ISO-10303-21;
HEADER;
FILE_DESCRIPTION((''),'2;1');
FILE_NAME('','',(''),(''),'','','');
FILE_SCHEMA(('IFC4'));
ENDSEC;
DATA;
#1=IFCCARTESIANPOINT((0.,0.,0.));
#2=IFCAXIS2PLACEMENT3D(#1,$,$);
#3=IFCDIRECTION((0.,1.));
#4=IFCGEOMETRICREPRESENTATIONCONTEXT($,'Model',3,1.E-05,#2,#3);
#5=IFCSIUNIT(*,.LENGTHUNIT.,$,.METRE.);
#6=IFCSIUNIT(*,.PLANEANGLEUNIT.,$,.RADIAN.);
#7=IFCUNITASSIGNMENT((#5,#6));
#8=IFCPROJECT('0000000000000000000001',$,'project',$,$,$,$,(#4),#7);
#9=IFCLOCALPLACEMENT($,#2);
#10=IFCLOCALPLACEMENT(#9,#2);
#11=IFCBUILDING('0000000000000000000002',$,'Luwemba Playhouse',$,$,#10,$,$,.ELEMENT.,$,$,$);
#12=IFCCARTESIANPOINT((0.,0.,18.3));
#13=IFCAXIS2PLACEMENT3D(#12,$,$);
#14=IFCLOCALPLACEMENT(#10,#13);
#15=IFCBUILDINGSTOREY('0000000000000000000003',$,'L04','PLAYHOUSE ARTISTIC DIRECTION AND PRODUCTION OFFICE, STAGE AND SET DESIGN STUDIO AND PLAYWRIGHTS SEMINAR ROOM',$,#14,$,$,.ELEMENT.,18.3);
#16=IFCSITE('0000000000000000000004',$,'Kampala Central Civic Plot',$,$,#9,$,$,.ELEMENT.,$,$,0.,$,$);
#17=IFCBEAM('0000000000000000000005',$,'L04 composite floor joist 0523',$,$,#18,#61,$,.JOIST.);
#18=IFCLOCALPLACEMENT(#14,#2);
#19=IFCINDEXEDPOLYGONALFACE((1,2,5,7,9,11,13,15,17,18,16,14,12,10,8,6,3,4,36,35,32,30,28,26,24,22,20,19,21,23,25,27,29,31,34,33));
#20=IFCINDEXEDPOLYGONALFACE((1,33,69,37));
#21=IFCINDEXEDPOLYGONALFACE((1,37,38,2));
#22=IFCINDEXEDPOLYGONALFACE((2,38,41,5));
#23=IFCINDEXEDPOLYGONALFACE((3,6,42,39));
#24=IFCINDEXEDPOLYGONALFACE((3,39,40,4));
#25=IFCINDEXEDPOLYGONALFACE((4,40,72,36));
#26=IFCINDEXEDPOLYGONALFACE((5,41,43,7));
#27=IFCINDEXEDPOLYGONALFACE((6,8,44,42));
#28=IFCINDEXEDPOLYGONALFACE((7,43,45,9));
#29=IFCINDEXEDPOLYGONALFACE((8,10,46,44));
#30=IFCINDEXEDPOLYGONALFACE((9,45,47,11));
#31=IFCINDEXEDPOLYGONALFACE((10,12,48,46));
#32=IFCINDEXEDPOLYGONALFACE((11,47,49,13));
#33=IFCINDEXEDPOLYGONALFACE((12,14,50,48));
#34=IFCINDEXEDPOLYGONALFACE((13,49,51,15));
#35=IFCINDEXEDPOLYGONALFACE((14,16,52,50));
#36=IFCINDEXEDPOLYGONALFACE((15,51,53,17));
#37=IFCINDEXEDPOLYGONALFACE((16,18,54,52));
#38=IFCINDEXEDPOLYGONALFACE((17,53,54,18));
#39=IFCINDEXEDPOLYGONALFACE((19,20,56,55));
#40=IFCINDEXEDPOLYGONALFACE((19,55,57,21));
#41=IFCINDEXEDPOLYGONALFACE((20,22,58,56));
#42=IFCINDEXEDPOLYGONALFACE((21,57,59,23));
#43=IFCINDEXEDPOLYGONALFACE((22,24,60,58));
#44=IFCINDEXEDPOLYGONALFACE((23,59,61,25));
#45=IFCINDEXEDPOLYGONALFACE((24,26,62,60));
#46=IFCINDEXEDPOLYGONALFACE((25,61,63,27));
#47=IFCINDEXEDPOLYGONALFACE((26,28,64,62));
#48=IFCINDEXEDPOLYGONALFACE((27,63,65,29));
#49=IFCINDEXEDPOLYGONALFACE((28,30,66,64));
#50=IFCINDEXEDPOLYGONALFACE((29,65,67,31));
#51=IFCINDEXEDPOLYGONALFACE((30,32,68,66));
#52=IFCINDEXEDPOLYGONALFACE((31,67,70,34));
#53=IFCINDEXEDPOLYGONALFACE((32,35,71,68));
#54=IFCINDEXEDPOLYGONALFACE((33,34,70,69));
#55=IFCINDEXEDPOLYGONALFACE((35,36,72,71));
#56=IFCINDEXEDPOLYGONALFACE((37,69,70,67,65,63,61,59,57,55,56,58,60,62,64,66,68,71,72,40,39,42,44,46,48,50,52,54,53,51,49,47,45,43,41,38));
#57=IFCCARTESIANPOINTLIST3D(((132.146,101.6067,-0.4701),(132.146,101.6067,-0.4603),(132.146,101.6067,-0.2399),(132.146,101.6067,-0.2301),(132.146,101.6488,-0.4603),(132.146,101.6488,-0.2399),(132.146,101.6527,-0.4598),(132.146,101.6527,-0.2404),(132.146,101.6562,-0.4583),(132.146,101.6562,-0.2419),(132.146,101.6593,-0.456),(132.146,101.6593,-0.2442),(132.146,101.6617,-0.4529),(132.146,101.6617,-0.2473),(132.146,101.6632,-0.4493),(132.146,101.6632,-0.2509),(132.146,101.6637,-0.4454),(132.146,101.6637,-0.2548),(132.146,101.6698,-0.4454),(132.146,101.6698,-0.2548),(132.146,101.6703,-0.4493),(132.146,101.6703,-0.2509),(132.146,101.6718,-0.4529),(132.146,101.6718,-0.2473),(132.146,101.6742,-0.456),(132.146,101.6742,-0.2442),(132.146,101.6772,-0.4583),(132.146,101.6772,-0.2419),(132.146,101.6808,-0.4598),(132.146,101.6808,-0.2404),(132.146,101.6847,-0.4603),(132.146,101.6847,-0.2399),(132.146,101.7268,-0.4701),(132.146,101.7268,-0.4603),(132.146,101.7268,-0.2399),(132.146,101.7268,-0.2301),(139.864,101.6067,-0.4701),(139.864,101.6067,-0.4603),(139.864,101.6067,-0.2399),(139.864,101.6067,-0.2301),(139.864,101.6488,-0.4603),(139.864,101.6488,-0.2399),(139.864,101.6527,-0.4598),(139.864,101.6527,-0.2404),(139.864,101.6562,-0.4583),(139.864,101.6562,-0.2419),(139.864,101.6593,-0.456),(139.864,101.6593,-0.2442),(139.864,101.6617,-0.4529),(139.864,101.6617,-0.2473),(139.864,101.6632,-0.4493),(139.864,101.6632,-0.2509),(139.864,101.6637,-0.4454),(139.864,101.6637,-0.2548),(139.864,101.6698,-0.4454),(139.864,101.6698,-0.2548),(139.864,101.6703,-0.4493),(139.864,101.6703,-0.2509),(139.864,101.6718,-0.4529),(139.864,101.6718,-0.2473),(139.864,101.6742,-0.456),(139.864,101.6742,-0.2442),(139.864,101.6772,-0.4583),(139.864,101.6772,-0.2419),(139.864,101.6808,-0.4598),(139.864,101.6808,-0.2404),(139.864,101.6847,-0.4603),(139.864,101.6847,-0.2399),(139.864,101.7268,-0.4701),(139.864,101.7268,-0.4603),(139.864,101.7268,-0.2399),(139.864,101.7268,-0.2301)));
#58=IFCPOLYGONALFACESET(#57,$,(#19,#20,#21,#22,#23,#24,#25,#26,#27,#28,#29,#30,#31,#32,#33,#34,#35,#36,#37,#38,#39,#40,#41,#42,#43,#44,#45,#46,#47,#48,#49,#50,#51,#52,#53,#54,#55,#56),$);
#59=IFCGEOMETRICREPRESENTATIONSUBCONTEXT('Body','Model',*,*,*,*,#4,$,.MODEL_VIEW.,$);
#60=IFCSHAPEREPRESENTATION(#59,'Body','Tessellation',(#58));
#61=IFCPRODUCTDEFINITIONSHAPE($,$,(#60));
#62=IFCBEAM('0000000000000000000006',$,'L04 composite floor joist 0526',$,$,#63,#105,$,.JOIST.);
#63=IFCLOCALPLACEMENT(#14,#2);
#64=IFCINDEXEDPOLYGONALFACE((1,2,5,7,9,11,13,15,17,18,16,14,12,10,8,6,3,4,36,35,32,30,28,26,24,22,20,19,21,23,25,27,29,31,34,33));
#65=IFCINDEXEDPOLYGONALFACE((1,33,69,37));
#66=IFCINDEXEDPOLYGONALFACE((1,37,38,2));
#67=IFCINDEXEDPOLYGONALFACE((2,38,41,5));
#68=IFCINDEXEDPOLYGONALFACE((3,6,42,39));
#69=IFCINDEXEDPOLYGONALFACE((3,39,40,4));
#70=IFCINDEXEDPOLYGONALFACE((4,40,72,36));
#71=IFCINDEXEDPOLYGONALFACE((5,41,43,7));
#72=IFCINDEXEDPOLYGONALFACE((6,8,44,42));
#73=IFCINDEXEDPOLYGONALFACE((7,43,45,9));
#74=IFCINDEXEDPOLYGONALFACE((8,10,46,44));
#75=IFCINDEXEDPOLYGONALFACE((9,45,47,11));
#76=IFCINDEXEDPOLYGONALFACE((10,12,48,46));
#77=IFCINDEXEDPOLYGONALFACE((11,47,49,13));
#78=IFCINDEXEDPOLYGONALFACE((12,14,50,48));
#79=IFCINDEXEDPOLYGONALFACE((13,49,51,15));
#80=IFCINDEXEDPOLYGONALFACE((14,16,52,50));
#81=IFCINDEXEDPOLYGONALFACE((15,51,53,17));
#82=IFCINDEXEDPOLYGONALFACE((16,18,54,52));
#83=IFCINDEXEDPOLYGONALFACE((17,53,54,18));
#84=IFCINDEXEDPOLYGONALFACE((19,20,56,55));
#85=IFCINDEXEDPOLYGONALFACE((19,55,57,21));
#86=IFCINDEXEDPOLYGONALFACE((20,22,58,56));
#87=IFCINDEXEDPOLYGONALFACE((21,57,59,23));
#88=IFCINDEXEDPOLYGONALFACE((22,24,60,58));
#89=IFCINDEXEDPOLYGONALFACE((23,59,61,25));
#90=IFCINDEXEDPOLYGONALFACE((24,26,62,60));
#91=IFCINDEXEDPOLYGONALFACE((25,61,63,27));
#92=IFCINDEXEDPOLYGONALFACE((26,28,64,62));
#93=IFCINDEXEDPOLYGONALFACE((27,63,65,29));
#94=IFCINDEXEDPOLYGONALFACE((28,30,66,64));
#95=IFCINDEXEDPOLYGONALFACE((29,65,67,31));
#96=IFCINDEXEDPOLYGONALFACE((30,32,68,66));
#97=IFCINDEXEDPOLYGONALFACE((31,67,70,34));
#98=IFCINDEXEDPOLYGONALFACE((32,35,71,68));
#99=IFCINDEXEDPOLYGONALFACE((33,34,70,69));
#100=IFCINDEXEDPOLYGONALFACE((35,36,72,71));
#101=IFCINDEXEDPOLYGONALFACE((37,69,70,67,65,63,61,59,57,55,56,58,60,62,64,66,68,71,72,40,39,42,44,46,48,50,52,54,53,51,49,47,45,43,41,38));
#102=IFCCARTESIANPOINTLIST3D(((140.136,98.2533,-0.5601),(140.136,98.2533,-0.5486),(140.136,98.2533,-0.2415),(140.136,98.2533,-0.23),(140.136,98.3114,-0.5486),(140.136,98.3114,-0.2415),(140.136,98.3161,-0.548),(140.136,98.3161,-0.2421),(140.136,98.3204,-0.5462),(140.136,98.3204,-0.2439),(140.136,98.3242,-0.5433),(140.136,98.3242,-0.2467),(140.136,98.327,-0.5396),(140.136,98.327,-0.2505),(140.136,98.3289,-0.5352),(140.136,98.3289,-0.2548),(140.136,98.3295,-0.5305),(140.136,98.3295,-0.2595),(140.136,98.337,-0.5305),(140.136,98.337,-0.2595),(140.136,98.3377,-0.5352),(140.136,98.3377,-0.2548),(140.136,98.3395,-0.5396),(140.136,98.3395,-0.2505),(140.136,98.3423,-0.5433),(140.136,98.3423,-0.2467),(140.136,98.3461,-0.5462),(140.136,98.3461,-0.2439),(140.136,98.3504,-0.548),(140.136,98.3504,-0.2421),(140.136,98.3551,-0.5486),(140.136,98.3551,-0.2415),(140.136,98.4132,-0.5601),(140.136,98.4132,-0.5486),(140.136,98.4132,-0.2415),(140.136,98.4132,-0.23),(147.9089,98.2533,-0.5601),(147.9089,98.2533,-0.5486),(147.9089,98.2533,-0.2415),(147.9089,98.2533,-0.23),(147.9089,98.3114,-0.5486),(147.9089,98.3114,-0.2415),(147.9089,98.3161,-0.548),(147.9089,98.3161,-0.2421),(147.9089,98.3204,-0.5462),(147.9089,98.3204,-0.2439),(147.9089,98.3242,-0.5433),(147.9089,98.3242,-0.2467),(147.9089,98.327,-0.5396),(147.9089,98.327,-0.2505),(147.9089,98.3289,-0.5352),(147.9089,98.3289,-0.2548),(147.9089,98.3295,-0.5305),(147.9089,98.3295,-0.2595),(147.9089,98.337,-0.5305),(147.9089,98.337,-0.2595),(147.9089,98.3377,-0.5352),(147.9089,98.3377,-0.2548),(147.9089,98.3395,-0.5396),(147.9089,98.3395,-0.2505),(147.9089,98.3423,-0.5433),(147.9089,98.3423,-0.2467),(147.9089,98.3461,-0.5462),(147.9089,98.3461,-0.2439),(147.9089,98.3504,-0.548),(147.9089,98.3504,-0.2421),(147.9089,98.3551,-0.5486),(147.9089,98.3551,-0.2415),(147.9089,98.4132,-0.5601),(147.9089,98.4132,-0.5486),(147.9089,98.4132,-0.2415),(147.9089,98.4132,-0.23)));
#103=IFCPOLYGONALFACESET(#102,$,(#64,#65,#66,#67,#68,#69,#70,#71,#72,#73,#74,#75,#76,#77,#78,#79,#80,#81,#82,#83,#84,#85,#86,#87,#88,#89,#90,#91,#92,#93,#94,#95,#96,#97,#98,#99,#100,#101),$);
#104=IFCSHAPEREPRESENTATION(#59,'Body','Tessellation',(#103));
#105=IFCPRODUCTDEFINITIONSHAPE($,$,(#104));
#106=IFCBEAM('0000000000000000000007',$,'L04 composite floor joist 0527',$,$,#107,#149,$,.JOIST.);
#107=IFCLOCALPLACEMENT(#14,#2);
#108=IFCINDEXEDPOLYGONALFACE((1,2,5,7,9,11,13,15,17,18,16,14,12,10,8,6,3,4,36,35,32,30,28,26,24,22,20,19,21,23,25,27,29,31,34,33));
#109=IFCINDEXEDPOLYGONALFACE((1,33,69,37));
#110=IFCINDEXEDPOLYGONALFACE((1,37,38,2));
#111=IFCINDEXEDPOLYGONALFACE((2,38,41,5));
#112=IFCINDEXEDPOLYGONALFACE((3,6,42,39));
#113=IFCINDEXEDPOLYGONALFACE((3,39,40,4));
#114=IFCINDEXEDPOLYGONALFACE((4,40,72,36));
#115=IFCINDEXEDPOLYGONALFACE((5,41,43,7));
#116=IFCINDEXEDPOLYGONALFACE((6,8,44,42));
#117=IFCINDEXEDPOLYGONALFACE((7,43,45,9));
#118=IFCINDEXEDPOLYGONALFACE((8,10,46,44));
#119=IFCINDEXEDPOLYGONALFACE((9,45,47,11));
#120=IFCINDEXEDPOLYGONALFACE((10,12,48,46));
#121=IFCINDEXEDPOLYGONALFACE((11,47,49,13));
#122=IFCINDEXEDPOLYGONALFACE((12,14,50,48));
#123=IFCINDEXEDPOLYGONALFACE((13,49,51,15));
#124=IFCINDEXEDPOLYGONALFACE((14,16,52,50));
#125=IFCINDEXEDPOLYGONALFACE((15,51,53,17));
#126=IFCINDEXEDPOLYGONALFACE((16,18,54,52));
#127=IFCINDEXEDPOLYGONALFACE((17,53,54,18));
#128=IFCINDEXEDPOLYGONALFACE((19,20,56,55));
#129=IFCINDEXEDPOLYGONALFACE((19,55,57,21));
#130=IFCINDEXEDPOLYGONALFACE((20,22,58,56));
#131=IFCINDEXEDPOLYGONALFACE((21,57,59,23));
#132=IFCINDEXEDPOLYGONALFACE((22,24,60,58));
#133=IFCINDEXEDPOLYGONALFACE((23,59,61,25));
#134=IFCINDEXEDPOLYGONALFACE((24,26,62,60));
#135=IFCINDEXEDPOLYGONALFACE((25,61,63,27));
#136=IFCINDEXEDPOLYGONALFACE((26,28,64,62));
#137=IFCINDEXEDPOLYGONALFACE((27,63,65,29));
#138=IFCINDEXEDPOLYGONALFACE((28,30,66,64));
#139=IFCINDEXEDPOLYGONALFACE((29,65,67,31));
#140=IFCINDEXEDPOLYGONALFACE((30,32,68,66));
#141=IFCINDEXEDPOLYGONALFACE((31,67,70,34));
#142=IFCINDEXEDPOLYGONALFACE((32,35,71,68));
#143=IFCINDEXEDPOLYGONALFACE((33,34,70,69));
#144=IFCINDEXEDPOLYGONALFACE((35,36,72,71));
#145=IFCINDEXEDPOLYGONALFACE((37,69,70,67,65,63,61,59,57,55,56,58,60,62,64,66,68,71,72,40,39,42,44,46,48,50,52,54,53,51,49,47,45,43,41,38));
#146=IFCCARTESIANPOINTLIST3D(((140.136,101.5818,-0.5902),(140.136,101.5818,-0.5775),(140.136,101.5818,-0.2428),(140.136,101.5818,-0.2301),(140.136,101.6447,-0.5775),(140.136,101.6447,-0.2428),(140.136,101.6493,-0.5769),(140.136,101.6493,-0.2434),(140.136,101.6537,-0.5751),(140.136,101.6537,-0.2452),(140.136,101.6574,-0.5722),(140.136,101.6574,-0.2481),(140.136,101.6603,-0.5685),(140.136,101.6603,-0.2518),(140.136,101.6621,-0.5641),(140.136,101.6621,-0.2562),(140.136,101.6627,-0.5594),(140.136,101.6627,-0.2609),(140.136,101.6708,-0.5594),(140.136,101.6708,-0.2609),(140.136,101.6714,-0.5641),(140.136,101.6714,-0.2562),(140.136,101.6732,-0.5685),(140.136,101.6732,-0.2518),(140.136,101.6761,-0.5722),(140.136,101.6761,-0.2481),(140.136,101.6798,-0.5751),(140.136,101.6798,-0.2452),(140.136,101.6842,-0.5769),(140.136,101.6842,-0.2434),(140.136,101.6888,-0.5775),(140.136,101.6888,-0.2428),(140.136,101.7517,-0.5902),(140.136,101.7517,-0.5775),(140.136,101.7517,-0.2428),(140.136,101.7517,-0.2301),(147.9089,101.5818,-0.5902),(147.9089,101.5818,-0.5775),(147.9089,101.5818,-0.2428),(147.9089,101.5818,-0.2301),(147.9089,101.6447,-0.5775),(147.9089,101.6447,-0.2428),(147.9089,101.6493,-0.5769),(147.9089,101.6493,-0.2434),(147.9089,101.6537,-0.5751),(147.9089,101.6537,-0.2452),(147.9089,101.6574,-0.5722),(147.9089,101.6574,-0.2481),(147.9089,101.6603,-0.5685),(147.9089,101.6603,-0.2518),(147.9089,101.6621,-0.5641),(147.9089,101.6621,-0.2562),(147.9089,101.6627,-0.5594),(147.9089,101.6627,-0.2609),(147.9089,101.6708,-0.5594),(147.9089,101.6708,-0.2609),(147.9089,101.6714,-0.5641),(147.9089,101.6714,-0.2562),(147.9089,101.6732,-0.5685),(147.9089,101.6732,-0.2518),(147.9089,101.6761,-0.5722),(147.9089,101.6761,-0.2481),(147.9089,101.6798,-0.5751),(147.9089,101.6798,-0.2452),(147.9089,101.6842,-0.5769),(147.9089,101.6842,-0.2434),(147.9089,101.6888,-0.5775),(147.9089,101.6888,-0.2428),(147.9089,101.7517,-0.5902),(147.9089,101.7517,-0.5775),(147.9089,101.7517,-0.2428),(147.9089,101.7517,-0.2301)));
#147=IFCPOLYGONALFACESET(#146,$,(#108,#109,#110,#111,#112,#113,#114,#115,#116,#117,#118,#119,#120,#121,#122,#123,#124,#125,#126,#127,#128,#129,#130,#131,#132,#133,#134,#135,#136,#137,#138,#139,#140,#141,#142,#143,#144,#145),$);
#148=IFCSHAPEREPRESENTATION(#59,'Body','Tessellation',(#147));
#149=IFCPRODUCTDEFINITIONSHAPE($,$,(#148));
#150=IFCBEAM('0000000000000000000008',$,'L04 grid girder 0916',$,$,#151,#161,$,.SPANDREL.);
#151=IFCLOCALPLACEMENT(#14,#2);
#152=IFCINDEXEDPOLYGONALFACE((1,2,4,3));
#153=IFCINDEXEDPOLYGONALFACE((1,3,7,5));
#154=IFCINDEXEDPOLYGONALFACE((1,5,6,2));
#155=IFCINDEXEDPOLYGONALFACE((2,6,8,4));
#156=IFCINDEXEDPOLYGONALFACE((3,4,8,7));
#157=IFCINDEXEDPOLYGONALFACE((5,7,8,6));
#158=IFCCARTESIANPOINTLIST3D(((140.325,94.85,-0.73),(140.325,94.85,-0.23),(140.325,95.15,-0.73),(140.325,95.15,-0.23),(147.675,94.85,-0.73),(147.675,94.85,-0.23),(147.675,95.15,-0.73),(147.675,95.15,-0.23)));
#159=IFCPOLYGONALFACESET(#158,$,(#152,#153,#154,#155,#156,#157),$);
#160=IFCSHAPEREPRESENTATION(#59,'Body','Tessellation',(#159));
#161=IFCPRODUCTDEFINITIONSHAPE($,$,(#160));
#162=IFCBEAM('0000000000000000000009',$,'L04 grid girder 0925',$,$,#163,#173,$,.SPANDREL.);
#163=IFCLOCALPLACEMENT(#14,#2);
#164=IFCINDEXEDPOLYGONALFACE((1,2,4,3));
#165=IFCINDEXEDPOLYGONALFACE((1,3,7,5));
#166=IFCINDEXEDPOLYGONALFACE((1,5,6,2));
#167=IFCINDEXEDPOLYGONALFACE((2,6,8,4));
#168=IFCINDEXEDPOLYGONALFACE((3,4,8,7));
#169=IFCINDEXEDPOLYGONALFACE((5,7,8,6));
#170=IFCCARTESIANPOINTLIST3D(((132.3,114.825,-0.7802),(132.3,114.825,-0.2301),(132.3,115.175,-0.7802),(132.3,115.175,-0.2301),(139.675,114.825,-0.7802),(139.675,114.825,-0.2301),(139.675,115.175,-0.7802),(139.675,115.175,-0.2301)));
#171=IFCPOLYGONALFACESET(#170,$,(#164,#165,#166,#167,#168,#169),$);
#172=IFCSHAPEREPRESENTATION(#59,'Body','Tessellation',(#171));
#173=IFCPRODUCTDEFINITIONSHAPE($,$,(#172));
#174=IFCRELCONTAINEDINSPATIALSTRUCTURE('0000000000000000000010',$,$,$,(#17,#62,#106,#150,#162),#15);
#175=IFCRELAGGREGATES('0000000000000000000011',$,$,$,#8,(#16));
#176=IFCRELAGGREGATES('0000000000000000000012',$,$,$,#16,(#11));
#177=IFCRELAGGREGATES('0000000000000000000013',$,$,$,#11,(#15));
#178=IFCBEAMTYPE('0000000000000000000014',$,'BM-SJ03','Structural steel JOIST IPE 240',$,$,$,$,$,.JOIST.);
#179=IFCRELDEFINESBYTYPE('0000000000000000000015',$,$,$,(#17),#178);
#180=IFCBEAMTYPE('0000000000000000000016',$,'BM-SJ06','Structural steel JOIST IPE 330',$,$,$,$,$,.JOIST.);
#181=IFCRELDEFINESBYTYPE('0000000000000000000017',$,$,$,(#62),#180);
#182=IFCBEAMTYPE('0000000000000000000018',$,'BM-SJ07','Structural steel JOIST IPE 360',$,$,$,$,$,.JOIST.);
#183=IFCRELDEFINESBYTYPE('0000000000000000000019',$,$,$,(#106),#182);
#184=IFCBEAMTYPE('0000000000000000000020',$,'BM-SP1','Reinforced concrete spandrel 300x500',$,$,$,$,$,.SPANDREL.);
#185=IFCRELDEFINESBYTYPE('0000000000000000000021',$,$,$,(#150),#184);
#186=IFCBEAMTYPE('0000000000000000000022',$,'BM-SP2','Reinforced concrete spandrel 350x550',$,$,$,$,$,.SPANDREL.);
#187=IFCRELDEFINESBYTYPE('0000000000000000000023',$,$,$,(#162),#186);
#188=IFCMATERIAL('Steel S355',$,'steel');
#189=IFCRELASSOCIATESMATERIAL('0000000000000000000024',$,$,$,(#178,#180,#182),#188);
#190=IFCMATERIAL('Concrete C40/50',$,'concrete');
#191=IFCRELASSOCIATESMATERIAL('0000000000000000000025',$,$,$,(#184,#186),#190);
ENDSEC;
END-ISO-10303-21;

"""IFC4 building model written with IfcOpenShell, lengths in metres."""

from ifc_helpers import new_model, si_unit, direction, frame, origin, origin_2d, place, context, subcontext, project, spatial, rectangle, i_section, extrude, material, material_profile, profile_set, type_object, element, save


model = new_model("IFC4")

# Units and contexts
model_context = context("Model", 3, precision=1e-05, world=origin(), true_north=direction((0.0, 1.0)))
body_context = subcontext(model_context, "Body", "Model", "MODEL_VIEW")
ifc_project = project(units=[si_unit("LENGTHUNIT", "METRE"), si_unit("PLANEANGLEUNIT", "RADIAN")], contexts=[model_context])

# Site, building, storey
site_placement = place(None, origin())
site = spatial("IfcSite", under=ifc_project, at=site_placement, Name="Kampala Central Civic Plot", CompositionType="ELEMENT", RefElevation=0.0)
building_placement = place(site_placement, origin())
building = spatial("IfcBuilding", under=site, at=building_placement, Name="Luwemba Playhouse", CompositionType="ELEMENT")
storey_placement = place(building_placement, frame((0.0, 0.0, 18.3)))
storey = spatial("IfcBuildingStorey", under=building, at=storey_placement, Name="L04", Description="PLAYHOUSE ARTISTIC DIRECTION AND PRODUCTION OFFICE, STAGE AND SET DESIGN STUDIO AND PLAYWRIGHTS SEMINAR ROOM", CompositionType="ELEMENT", Elevation=18.3)

# Shared definitions
ifc_material_1 = material(Name="Concrete C40/50", Category="concrete")

# Beams
ifc_material_2 = material(Name="Steel S355", Category="steel")
ifc_material_profile_1 = material_profile(ifc_material_2, i_section(OverallWidth=0.1201, OverallDepth=0.24, WebThickness=0.0061, FlangeThickness=0.0098, FilletRadius=0.0149, at=origin_2d()))
ifc_profile_set_1 = profile_set([ifc_material_profile_1], Name="Steel S355")
beam_type_1 = type_object("IfcBeamType", Name="BM-SJ03", Description="Structural steel JOIST IPE 240", PredefinedType="JOIST", material=ifc_profile_set_1)
beam_1_placement = place(storey_placement, frame((132.146, 101.6667, -0.3501), z_axis=(1.0, 0.0, 0.0), x_axis=(0.0, 1.0, 0.0)))
element("IfcBeam", 1, at=beam_1_placement, inside=storey, type_object=beam_type_1, Name="L04 composite floor joist 0523", PredefinedType="JOIST", context=body_context, shape_type="SweptSolid", body=[
    extrude(i_section(OverallWidth=0.1201, OverallDepth=0.24, WebThickness=0.0061, FlangeThickness=0.0098, FilletRadius=0.0149, at=origin_2d()), origin(), (0.0, 0.0, 1.0), 7.718),
])
ifc_material_profile_2 = material_profile(ifc_material_2, i_section(OverallWidth=0.1599, OverallDepth=0.3301, WebThickness=0.0076, FlangeThickness=0.0115, FilletRadius=0.0181, at=origin_2d()))
ifc_profile_set_2 = profile_set([ifc_material_profile_2], Name="Steel S355")
beam_type_2 = type_object("IfcBeamType", Name="BM-SJ06", Description="Structural steel JOIST IPE 330", PredefinedType="JOIST", material=ifc_profile_set_2)
beam_2_placement = place(storey_placement, frame((140.136, 98.3333, -0.395), z_axis=(1.0, 0.0, 0.0), x_axis=(0.0, 1.0, 0.0)))
element("IfcBeam", 2, at=beam_2_placement, inside=storey, type_object=beam_type_2, Name="L04 composite floor joist 0526", PredefinedType="JOIST", context=body_context, shape_type="SweptSolid", body=[
    extrude(i_section(OverallWidth=0.1599, OverallDepth=0.3301, WebThickness=0.0076, FlangeThickness=0.0115, FilletRadius=0.0181, at=origin_2d()), origin(), (0.0, 0.0, 1.0), 7.7729),
])
ifc_material_profile_3 = material_profile(ifc_material_2, i_section(OverallWidth=0.1699, OverallDepth=0.3601, WebThickness=0.0081, FlangeThickness=0.0127, FilletRadius=0.0181, at=origin_2d()))
ifc_profile_set_3 = profile_set([ifc_material_profile_3], Name="Steel S355")
beam_type_3 = type_object("IfcBeamType", Name="BM-SJ07", Description="Structural steel JOIST IPE 360", PredefinedType="JOIST", material=ifc_profile_set_3)
beam_3_placement = place(storey_placement, frame((140.136, 101.6667, -0.4102), z_axis=(1.0, 0.0, 0.0), x_axis=(0.0, 1.0, 0.0)))
element("IfcBeam", 3, at=beam_3_placement, inside=storey, type_object=beam_type_3, Name="L04 composite floor joist 0527", PredefinedType="JOIST", context=body_context, shape_type="SweptSolid", body=[
    extrude(i_section(OverallWidth=0.1699, OverallDepth=0.3601, WebThickness=0.0081, FlangeThickness=0.0127, FilletRadius=0.0181, at=origin_2d()), origin(), (0.0, 0.0, 1.0), 7.7729),
])
ifc_material_profile_4 = material_profile(ifc_material_1, rectangle(XDim=0.3, YDim=0.5, at=origin_2d()))
ifc_profile_set_4 = profile_set([ifc_material_profile_4], Name="Concrete C40/50")
beam_type_4 = type_object("IfcBeamType", Name="BM-SP1", Description="Reinforced concrete spandrel 300x500", PredefinedType="SPANDREL", material=ifc_profile_set_4)
beam_4_placement = place(storey_placement, frame((140.325, 95.0, -0.48), z_axis=(1.0, 0.0, 0.0), x_axis=(0.0, 1.0, 0.0)))
element("IfcBeam", 4, at=beam_4_placement, inside=storey, type_object=beam_type_4, Name="L04 grid girder 0916", PredefinedType="SPANDREL", context=body_context, shape_type="SweptSolid", body=[
    extrude(rectangle(XDim=0.3, YDim=0.5, at=origin_2d()), origin(), (0.0, 0.0, 1.0), 7.3501),
])
ifc_material_profile_5 = material_profile(ifc_material_1, rectangle(XDim=0.3501, YDim=0.55, at=origin_2d()))
ifc_profile_set_5 = profile_set([ifc_material_profile_5], Name="Concrete C40/50")
beam_type_5 = type_object("IfcBeamType", Name="BM-SP2", Description="Reinforced concrete spandrel 350x550", PredefinedType="SPANDREL", material=ifc_profile_set_5)
beam_5_placement = place(storey_placement, frame((132.3, 115.0, -0.5051), z_axis=(1.0, 0.0, 0.0), x_axis=(0.0, 1.0, 0.0)))
element("IfcBeam", 5, at=beam_5_placement, inside=storey, type_object=beam_type_5, Name="L04 grid girder 0925", PredefinedType="SPANDREL", context=body_context, shape_type="SweptSolid", body=[
    extrude(rectangle(XDim=0.3501, YDim=0.55, at=origin_2d()), origin(), (0.0, 0.0, 1.0), 7.375),
])

save(model, "model.ifc")
